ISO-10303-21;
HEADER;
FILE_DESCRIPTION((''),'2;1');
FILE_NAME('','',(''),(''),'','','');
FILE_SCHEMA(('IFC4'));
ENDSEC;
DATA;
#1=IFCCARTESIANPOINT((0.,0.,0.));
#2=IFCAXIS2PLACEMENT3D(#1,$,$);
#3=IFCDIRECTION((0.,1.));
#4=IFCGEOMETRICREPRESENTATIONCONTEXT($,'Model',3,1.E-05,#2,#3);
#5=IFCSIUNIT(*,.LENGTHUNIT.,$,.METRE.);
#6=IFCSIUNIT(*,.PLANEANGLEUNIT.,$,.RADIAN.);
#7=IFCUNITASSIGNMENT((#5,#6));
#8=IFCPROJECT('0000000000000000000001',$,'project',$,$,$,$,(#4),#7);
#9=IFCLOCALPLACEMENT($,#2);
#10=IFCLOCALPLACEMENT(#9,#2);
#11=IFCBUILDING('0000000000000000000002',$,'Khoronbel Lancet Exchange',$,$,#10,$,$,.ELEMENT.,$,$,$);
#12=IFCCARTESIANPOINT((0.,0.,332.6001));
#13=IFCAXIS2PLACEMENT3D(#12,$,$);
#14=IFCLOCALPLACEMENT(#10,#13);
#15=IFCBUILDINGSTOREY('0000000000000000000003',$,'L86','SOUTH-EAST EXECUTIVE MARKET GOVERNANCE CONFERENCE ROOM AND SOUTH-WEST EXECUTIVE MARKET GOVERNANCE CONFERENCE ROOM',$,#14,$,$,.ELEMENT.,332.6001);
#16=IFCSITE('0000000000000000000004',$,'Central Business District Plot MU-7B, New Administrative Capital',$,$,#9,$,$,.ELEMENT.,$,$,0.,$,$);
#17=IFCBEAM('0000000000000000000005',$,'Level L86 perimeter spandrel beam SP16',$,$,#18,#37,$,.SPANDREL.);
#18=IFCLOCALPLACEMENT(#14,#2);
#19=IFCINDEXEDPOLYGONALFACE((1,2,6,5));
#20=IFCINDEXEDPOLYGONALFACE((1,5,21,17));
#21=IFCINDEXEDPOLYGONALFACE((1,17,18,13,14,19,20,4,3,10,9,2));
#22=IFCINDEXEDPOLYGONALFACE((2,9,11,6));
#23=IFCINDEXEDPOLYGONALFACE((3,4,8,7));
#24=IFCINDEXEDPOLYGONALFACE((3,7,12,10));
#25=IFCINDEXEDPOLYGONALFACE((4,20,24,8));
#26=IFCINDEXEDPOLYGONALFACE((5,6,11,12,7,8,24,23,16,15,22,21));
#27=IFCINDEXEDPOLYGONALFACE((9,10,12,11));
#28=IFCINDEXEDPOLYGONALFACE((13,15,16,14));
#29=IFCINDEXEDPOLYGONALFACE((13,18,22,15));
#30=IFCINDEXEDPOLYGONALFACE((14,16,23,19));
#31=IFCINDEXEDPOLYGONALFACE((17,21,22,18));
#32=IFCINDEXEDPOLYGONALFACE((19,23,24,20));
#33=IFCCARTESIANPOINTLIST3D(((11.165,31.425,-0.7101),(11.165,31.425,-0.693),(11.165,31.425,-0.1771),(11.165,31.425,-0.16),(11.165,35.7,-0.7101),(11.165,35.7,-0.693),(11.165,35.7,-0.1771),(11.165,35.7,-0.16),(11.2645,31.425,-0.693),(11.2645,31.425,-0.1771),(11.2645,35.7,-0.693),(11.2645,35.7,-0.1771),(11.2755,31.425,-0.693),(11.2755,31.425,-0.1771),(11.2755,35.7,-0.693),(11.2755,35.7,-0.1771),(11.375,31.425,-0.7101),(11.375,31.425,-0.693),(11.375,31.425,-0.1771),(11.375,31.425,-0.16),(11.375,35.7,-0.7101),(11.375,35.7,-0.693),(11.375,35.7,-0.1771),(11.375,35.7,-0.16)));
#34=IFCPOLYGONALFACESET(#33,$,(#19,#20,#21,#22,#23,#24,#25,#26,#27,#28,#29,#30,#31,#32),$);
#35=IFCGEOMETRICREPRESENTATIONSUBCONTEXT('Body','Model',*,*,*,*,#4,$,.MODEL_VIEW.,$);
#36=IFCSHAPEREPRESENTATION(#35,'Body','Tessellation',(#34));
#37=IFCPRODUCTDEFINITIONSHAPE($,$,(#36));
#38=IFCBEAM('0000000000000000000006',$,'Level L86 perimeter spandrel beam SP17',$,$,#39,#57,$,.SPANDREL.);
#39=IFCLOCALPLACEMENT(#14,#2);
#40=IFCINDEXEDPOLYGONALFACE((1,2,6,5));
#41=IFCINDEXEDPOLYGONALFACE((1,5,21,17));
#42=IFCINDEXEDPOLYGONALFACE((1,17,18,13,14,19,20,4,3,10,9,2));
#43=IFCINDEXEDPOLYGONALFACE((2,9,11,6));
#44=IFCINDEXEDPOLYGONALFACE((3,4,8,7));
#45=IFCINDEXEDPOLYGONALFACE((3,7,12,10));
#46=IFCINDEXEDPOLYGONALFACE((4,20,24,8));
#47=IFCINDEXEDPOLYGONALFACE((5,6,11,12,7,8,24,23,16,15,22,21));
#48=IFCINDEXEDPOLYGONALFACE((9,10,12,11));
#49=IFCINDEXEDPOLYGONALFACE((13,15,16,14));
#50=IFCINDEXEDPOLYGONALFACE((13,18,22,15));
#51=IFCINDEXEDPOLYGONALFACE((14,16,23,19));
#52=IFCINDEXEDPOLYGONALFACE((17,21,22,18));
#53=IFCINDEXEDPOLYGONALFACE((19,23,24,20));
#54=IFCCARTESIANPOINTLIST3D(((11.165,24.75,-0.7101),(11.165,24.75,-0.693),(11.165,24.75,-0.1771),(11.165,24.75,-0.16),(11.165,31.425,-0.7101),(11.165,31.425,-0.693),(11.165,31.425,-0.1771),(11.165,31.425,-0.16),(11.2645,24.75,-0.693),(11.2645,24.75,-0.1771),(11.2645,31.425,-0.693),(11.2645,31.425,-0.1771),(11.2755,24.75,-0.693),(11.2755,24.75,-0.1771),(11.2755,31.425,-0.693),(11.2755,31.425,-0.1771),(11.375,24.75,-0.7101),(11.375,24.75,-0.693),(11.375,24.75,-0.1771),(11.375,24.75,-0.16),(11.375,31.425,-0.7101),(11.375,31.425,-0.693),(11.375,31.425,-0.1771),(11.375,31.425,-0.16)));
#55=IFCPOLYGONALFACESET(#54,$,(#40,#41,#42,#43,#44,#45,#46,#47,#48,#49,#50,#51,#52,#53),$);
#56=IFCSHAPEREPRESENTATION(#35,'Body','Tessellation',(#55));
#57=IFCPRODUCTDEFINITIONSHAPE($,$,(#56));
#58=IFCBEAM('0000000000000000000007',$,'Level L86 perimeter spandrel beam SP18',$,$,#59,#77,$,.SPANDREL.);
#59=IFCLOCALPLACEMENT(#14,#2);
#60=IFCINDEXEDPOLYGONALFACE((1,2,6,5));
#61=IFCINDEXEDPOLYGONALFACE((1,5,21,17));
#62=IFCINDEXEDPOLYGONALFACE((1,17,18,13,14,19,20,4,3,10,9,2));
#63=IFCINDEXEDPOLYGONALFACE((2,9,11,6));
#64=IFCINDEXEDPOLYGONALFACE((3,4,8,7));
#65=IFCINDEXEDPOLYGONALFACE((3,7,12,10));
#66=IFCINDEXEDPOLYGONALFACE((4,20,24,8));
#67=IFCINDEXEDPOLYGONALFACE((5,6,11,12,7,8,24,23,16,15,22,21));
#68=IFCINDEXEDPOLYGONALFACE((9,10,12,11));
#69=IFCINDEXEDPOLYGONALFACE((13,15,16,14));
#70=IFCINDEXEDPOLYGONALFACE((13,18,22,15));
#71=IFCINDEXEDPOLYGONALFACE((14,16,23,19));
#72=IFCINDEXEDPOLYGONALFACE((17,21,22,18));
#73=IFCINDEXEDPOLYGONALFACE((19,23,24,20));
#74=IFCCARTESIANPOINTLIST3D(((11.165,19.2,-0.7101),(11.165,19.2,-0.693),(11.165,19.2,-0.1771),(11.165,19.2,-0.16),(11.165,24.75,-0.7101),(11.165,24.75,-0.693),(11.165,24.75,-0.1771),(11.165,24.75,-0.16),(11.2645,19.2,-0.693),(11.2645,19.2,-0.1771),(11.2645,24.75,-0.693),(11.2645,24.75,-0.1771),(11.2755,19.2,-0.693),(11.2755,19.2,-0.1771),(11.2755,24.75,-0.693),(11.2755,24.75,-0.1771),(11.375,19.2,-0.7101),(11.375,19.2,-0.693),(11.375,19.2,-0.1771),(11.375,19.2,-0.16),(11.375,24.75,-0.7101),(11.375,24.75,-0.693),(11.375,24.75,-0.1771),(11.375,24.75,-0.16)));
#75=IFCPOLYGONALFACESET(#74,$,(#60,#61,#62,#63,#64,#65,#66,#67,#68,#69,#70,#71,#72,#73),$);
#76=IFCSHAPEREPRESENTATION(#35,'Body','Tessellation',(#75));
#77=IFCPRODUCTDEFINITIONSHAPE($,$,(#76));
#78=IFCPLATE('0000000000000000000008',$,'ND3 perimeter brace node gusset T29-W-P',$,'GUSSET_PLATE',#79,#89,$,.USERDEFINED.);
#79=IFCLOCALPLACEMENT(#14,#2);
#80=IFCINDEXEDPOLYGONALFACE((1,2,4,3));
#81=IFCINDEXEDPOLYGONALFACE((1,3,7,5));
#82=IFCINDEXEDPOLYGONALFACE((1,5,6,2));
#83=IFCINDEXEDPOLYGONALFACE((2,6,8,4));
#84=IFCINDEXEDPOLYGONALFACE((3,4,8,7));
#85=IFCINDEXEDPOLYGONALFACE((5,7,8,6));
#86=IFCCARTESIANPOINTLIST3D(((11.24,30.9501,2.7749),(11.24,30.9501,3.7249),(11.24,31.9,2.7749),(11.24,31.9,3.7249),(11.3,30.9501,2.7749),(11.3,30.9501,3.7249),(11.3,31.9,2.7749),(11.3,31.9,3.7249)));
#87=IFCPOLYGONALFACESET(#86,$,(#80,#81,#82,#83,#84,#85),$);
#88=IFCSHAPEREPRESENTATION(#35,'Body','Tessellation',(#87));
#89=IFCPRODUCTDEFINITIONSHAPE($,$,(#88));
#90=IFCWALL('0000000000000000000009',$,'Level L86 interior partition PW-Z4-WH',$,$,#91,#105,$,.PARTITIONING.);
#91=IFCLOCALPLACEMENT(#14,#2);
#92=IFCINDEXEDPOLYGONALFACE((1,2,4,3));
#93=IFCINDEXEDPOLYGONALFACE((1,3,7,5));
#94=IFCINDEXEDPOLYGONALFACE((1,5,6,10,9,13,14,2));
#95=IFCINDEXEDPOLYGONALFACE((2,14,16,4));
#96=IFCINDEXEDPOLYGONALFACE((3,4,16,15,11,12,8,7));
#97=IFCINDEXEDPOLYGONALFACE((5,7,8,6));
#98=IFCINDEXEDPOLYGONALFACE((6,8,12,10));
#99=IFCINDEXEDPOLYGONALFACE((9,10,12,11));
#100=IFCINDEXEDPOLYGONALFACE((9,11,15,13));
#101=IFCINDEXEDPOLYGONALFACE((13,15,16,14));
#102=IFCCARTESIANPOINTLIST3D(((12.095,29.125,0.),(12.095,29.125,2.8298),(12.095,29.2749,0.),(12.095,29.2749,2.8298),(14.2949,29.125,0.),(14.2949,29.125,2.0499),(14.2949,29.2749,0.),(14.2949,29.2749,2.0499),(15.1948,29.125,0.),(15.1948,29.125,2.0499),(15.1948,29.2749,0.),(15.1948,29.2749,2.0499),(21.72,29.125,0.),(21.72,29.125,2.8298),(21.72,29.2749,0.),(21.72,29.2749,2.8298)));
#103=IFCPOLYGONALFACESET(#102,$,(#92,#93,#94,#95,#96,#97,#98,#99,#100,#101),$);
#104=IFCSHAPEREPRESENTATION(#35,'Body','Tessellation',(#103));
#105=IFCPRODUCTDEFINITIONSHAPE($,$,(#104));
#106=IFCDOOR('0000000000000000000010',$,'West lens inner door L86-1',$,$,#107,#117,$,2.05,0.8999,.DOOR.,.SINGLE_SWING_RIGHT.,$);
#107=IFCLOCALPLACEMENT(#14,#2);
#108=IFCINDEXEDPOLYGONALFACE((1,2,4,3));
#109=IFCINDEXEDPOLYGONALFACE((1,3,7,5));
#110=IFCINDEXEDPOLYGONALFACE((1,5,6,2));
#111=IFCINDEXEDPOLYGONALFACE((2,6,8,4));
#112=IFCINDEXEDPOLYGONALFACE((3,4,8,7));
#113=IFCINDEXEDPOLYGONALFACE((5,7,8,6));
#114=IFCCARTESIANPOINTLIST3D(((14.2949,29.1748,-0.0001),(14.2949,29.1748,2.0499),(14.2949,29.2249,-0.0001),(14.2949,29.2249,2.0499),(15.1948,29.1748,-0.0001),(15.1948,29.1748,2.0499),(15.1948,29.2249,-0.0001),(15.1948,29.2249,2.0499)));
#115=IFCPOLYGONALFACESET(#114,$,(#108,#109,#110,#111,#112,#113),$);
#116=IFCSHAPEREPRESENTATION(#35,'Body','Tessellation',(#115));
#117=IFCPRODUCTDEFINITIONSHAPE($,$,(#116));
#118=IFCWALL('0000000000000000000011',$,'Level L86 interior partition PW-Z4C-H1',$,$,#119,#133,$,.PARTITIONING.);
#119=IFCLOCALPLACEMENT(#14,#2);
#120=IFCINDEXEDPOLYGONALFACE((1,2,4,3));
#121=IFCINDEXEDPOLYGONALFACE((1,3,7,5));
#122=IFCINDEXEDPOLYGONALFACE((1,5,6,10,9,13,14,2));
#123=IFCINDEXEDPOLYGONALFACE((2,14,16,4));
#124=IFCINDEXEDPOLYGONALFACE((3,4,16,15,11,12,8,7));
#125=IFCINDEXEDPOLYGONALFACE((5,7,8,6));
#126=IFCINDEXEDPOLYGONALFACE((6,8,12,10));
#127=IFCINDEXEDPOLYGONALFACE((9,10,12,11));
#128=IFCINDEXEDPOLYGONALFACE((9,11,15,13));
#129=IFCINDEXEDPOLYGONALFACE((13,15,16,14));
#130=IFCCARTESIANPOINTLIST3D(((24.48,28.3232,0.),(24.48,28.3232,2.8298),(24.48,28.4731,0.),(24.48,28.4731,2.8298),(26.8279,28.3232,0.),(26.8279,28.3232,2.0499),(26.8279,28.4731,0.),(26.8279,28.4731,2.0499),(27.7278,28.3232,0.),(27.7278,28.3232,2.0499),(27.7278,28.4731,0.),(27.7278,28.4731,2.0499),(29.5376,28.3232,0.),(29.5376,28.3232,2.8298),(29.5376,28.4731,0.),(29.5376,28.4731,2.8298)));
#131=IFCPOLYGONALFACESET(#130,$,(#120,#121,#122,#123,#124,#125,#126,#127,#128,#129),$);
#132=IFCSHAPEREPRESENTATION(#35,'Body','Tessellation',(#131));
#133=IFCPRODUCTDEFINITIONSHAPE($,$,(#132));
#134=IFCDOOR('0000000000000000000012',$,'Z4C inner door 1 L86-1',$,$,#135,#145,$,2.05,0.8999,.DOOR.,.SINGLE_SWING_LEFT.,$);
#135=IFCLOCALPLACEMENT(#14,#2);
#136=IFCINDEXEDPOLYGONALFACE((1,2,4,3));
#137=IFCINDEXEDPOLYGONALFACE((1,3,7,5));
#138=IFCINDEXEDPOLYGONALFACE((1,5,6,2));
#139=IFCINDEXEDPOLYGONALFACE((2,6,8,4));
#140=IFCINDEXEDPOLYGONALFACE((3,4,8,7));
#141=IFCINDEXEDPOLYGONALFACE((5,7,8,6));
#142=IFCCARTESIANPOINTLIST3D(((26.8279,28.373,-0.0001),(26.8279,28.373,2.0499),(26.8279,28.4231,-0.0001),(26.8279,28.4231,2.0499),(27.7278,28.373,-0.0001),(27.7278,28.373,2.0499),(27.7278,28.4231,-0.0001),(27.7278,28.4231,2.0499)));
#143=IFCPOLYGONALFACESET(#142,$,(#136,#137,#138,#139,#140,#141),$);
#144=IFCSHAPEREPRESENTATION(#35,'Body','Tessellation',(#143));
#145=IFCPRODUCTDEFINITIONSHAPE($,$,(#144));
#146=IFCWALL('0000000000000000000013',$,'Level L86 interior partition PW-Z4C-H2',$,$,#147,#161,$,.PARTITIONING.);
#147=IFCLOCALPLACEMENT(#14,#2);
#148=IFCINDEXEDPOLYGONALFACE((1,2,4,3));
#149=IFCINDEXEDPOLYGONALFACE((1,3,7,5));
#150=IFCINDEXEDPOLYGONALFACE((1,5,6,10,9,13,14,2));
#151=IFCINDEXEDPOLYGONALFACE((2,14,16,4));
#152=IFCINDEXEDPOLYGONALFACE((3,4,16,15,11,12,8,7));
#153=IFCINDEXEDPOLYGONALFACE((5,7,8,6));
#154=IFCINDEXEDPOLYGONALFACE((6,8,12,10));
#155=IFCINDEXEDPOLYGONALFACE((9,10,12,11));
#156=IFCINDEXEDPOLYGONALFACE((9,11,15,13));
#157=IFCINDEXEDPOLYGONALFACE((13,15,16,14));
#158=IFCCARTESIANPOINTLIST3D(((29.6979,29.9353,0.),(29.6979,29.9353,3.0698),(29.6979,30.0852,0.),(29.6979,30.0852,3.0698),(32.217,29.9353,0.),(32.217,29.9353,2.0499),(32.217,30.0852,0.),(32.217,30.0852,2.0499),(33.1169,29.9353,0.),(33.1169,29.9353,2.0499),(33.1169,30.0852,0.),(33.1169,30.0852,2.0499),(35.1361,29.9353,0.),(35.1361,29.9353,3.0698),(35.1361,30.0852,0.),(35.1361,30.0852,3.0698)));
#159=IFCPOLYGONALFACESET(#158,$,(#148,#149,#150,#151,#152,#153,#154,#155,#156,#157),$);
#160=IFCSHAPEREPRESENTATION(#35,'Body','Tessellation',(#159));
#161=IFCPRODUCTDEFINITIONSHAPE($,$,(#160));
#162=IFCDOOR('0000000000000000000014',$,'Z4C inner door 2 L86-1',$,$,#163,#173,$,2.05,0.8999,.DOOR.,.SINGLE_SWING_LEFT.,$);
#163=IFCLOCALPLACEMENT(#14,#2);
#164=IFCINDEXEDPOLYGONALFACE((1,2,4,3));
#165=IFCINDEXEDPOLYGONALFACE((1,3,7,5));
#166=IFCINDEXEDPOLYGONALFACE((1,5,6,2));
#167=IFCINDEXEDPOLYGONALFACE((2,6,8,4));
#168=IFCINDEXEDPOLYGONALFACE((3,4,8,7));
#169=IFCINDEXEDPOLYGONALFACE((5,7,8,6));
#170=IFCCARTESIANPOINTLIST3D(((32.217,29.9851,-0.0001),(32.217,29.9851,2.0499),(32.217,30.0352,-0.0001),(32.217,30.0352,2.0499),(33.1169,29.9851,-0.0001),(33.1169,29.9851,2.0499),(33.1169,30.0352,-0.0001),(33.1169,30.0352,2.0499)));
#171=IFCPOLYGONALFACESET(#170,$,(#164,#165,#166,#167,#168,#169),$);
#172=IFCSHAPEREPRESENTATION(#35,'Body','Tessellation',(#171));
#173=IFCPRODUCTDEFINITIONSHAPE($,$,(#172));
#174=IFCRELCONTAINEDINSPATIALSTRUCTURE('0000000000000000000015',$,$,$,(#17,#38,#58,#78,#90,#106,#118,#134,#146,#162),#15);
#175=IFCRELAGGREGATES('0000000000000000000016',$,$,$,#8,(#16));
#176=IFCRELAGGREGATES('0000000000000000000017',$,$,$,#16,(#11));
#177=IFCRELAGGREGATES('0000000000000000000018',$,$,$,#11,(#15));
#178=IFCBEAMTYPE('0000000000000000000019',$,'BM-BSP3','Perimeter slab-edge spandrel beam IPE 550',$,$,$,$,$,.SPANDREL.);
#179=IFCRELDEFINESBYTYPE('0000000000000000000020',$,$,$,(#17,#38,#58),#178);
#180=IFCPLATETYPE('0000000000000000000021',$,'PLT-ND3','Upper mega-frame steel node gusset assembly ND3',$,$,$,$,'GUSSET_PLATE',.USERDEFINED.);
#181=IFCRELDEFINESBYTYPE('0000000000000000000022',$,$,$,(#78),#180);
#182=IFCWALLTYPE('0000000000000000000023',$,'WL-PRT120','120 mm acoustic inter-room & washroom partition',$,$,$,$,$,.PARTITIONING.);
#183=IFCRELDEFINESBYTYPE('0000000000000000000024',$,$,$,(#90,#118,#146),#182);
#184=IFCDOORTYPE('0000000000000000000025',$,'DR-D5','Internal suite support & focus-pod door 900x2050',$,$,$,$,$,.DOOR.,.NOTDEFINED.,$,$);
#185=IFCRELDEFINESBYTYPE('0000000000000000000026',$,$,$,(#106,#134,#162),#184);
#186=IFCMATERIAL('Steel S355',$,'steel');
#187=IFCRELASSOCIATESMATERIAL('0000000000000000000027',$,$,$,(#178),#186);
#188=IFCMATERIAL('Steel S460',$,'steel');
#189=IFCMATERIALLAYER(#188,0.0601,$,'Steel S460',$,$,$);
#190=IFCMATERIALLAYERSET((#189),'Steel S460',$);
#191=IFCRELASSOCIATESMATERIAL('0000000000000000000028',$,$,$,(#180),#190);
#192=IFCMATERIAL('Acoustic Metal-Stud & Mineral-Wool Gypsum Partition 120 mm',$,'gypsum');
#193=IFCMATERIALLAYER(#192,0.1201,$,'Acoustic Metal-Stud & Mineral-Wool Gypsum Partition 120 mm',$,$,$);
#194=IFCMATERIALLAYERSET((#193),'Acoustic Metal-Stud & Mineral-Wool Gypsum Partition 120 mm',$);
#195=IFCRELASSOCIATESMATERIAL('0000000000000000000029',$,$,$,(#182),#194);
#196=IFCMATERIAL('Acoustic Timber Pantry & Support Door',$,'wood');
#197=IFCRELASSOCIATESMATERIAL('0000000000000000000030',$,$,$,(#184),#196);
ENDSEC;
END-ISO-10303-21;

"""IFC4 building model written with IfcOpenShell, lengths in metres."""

from ifc_helpers import new_model, si_unit, direction, frame, frame_2d, origin, origin_2d, place, context, subcontext, project, spatial, rectangle, i_section, extrude, material, layer, layer_set, material_profile, profile_set, type_object, element, fill, save


model = new_model("IFC4")

# Units and contexts
model_context = context("Model", 3, precision=1e-05, world=origin(), true_north=direction((0.0, 1.0)))
body_context = subcontext(model_context, "Body", "Model", "MODEL_VIEW")
ifc_project = project(units=[si_unit("LENGTHUNIT", "METRE"), si_unit("PLANEANGLEUNIT", "RADIAN")], contexts=[model_context])

# Site, building, storey
site_placement = place(None, origin())
site = spatial("IfcSite", under=ifc_project, at=site_placement, Name="Central Business District Plot MU-7B, New Administrative Capital", CompositionType="ELEMENT", RefElevation=0.0)
building_placement = place(site_placement, origin())
building = spatial("IfcBuilding", under=site, at=building_placement, Name="Khoronbel Lancet Exchange", CompositionType="ELEMENT")
storey_placement = place(building_placement, frame((0.0, 0.0, 332.6001)))
storey = spatial("IfcBuildingStorey", under=building, at=storey_placement, Name="L86", Description="SOUTH-EAST EXECUTIVE MARKET GOVERNANCE CONFERENCE ROOM AND SOUTH-WEST EXECUTIVE MARKET GOVERNANCE CONFERENCE ROOM", CompositionType="ELEMENT", Elevation=332.6001)

# Shared definitions
ifc_material_1 = material(Name="Steel S355", Category="steel")

# Beams
ifc_material_profile_1 = material_profile(ifc_material_1, i_section(OverallWidth=0.21, OverallDepth=0.55, WebThickness=0.011, FlangeThickness=0.0171, at=origin_2d()), Name="IPE 550")
ifc_profile_set_1 = profile_set([ifc_material_profile_1], Name="Steel S355")
beam_type_1 = type_object("IfcBeamType", Name="BM-BSP3", Description="Perimeter slab-edge spandrel beam IPE 550", PredefinedType="SPANDREL", material=ifc_profile_set_1)
beam_1_placement = place(storey_placement, frame((11.27, 35.7, -0.4351), z_axis=(0.0, -1.0, 0.0), x_axis=(1.0, 0.0, 0.0)))
element("IfcBeam", 1, at=beam_1_placement, inside=storey, type_object=beam_type_1, Name="Level L86 perimeter spandrel beam SP16", PredefinedType="SPANDREL", context=body_context, shape_type="SweptSolid", body=[
    extrude(i_section(OverallWidth=0.21, OverallDepth=0.55, WebThickness=0.011, FlangeThickness=0.0171, at=origin_2d()), origin(), (0.0, 0.0, 1.0), 4.2749),
])
beam_2_placement = place(storey_placement, frame((11.27, 31.425, -0.4351), z_axis=(0.0, -1.0, 0.0), x_axis=(1.0, 0.0, 0.0)))
element("IfcBeam", 2, at=beam_2_placement, inside=storey, type_object=beam_type_1, Name="Level L86 perimeter spandrel beam SP17", PredefinedType="SPANDREL", context=body_context, shape_type="SweptSolid", body=[
    extrude(i_section(OverallWidth=0.21, OverallDepth=0.55, WebThickness=0.011, FlangeThickness=0.0171, at=origin_2d()), origin(), (0.0, 0.0, 1.0), 6.675),
])
beam_3_placement = place(storey_placement, frame((11.27, 24.75, -0.4351), z_axis=(0.0, -1.0, 0.0), x_axis=(1.0, 0.0, 0.0)))
element("IfcBeam", 3, at=beam_3_placement, inside=storey, type_object=beam_type_1, Name="Level L86 perimeter spandrel beam SP18", PredefinedType="SPANDREL", context=body_context, shape_type="SweptSolid", body=[
    extrude(i_section(OverallWidth=0.21, OverallDepth=0.55, WebThickness=0.011, FlangeThickness=0.0171, at=origin_2d()), origin(), (0.0, 0.0, 1.0), 5.55),
])

# Plate
ifc_material_2 = material(Name="Steel S460", Category="steel")
ifc_layer_1 = layer(ifc_material_2, 0.0601, Name="Steel S460")
ifc_layer_set_1 = layer_set([ifc_layer_1], Name="Steel S460")
plate_type = type_object("IfcPlateType", Name="PLT-ND3", Description="Upper mega-frame steel node gusset assembly ND3", ElementType="GUSSET_PLATE", PredefinedType="USERDEFINED", material=ifc_layer_set_1)
plate_placement = place(storey_placement, frame((11.27, 31.425, 2.7749), z_axis=(0.0, 0.0, 1.0), x_axis=(0.0, 1.0, 0.0)))
element("IfcPlate", 4, at=plate_placement, inside=storey, type_object=plate_type, Name="ND3 perimeter brace node gusset T29-W-P", ObjectType="GUSSET_PLATE", PredefinedType="USERDEFINED", context=body_context, shape_type="SweptSolid", body=[
    extrude(rectangle(XDim=0.95, YDim=0.0601, at=origin_2d()), origin(), (0.0, 0.0, 1.0), 0.95),
])

# Walls, openings, doors
ifc_material_3 = material(Name="Acoustic Metal-Stud & Mineral-Wool Gypsum Partition 120 mm", Category="gypsum")
ifc_layer_2 = layer(ifc_material_3, 0.1201, Name="Acoustic Metal-Stud & Mineral-Wool Gypsum Partition 120 mm")
ifc_layer_set_2 = layer_set([ifc_layer_2], Name="Acoustic Metal-Stud & Mineral-Wool Gypsum Partition 120 mm")
wall_type_1 = type_object("IfcWallType", Name="WL-PRT120", Description="120 mm acoustic inter-room & washroom partition", PredefinedType="PARTITIONING", material=ifc_layer_set_2)
wall_1_placement = place(storey_placement, frame((12.095, 29.2, 0.0), z_axis=(0.0, 0.0, 1.0), x_axis=(1.0, 0.0, 0.0)))
wall_1 = element("IfcWall", 5, at=wall_1_placement, inside=storey, type_object=wall_type_1, Name="Level L86 interior partition PW-Z4-WH", PredefinedType="PARTITIONING", context=body_context, shape_type="SweptSolid", body=[
    extrude(rectangle(XDim=9.625, YDim=0.1499, at=frame_2d((4.8125, 0.0))), origin(), (0.0, 0.0, 1.0), 2.8298),
])
opening_1_placement = place(wall_1_placement, frame((2.2, 0.0, 0.0)))
opening_1 = element("IfcOpeningElement", 6, at=opening_1_placement, cuts=wall_1, PredefinedType="OPENING", context=body_context, shape_type="SweptSolid", body=[
    extrude(rectangle(XDim=0.8999, YDim=2.05, at=frame_2d((0.45, 1.0249))), frame((0.0, 0.085, 0.0), z_axis=(0.0, -1.0, 0.0), x_axis=(1.0, 0.0, 0.0)), (0.0, 0.0, 1.0), 0.1699),
])
ifc_material_4 = material(Name="Acoustic Timber Pantry & Support Door", Category="wood")
door_type_1 = type_object("IfcDoorType", Name="DR-D5", Description="Internal suite support & focus-pod door 900x2050", OperationType="NOTDEFINED", PredefinedType="DOOR", material=ifc_material_4)
door_1_placement = place(opening_1_placement, origin())
door_1 = element("IfcDoor", 7, at=door_1_placement, inside=storey, type_object=door_type_1, Name="West lens inner door L86-1", OperationType="SINGLE_SWING_RIGHT", OverallHeight=2.05, OverallWidth=0.8999, PredefinedType="DOOR", context=body_context, shape_type="SweptSolid", body=[
    extrude(rectangle(XDim=0.8999, YDim=2.05, at=frame_2d((0.45, 1.0249))), frame((0.0, 0.0249, 0.0), z_axis=(0.0, -1.0, 0.0), x_axis=(1.0, 0.0, 0.0)), (0.0, 0.0, 1.0), 0.05),
])
fill(opening_1, door_1)
wall_2_placement = place(storey_placement, frame((24.48, 28.3982, 0.0), z_axis=(0.0, 0.0, 1.0), x_axis=(1.0, 0.0, 0.0)))
wall_2 = element("IfcWall", 8, at=wall_2_placement, inside=storey, type_object=wall_type_1, Name="Level L86 interior partition PW-Z4C-H1", PredefinedType="PARTITIONING", context=body_context, shape_type="SweptSolid", body=[
    extrude(rectangle(XDim=5.0576, YDim=0.1499, at=frame_2d((2.5288, 0.0))), origin(), (0.0, 0.0, 1.0), 2.8298),
])
opening_2_placement = place(wall_2_placement, frame((2.3479, 0.0, 0.0)))
opening_2 = element("IfcOpeningElement", 9, at=opening_2_placement, cuts=wall_2, PredefinedType="OPENING", context=body_context, shape_type="SweptSolid", body=[
    extrude(rectangle(XDim=0.8999, YDim=2.05, at=frame_2d((0.45, 1.0249))), frame((0.0, 0.085, 0.0), z_axis=(0.0, -1.0, 0.0), x_axis=(1.0, 0.0, 0.0)), (0.0, 0.0, 1.0), 0.1699),
])
door_2_placement = place(opening_2_placement, origin())
door_2 = element("IfcDoor", 10, at=door_2_placement, inside=storey, type_object=door_type_1, Name="Z4C inner door 1 L86-1", OperationType="SINGLE_SWING_LEFT", OverallHeight=2.05, OverallWidth=0.8999, PredefinedType="DOOR", context=body_context, shape_type="SweptSolid", body=[
    extrude(rectangle(XDim=0.8999, YDim=2.05, at=frame_2d((0.45, 1.0249))), frame((0.0, 0.0249, 0.0), z_axis=(0.0, -1.0, 0.0), x_axis=(1.0, 0.0, 0.0)), (0.0, 0.0, 1.0), 0.05),
])
fill(opening_2, door_2)
wall_3_placement = place(storey_placement, frame((29.6978, 30.0103, 0.0), z_axis=(0.0, 0.0, 1.0), x_axis=(1.0, 0.0, 0.0)))
wall_3 = element("IfcWall", 11, at=wall_3_placement, inside=storey, type_object=wall_type_1, Name="Level L86 interior partition PW-Z4C-H2", PredefinedType="PARTITIONING", context=body_context, shape_type="SweptSolid", body=[
    extrude(rectangle(XDim=5.4382, YDim=0.1499, at=frame_2d((2.7192, 0.0))), origin(), (0.0, 0.0, 1.0), 3.0698),
])
opening_3_placement = place(wall_3_placement, frame((2.5193, 0.0, 0.0)))
opening_3 = element("IfcOpeningElement", 12, at=opening_3_placement, cuts=wall_3, PredefinedType="OPENING", context=body_context, shape_type="SweptSolid", body=[
    extrude(rectangle(XDim=0.8999, YDim=2.05, at=frame_2d((0.45, 1.0249))), frame((0.0, 0.085, 0.0), z_axis=(0.0, -1.0, 0.0), x_axis=(1.0, 0.0, 0.0)), (0.0, 0.0, 1.0), 0.1699),
])
door_3_placement = place(opening_3_placement, origin())
door_3 = element("IfcDoor", 13, at=door_3_placement, inside=storey, type_object=door_type_1, Name="Z4C inner door 2 L86-1", OperationType="SINGLE_SWING_LEFT", OverallHeight=2.05, OverallWidth=0.8999, PredefinedType="DOOR", context=body_context, shape_type="SweptSolid", body=[
    extrude(rectangle(XDim=0.8999, YDim=2.05, at=frame_2d((0.45, 1.0249))), frame((0.0, 0.0249, 0.0), z_axis=(0.0, -1.0, 0.0), x_axis=(1.0, 0.0, 0.0)), (0.0, 0.0, 1.0), 0.05),
])
fill(opening_3, door_3)

save(model, "model.ifc")
